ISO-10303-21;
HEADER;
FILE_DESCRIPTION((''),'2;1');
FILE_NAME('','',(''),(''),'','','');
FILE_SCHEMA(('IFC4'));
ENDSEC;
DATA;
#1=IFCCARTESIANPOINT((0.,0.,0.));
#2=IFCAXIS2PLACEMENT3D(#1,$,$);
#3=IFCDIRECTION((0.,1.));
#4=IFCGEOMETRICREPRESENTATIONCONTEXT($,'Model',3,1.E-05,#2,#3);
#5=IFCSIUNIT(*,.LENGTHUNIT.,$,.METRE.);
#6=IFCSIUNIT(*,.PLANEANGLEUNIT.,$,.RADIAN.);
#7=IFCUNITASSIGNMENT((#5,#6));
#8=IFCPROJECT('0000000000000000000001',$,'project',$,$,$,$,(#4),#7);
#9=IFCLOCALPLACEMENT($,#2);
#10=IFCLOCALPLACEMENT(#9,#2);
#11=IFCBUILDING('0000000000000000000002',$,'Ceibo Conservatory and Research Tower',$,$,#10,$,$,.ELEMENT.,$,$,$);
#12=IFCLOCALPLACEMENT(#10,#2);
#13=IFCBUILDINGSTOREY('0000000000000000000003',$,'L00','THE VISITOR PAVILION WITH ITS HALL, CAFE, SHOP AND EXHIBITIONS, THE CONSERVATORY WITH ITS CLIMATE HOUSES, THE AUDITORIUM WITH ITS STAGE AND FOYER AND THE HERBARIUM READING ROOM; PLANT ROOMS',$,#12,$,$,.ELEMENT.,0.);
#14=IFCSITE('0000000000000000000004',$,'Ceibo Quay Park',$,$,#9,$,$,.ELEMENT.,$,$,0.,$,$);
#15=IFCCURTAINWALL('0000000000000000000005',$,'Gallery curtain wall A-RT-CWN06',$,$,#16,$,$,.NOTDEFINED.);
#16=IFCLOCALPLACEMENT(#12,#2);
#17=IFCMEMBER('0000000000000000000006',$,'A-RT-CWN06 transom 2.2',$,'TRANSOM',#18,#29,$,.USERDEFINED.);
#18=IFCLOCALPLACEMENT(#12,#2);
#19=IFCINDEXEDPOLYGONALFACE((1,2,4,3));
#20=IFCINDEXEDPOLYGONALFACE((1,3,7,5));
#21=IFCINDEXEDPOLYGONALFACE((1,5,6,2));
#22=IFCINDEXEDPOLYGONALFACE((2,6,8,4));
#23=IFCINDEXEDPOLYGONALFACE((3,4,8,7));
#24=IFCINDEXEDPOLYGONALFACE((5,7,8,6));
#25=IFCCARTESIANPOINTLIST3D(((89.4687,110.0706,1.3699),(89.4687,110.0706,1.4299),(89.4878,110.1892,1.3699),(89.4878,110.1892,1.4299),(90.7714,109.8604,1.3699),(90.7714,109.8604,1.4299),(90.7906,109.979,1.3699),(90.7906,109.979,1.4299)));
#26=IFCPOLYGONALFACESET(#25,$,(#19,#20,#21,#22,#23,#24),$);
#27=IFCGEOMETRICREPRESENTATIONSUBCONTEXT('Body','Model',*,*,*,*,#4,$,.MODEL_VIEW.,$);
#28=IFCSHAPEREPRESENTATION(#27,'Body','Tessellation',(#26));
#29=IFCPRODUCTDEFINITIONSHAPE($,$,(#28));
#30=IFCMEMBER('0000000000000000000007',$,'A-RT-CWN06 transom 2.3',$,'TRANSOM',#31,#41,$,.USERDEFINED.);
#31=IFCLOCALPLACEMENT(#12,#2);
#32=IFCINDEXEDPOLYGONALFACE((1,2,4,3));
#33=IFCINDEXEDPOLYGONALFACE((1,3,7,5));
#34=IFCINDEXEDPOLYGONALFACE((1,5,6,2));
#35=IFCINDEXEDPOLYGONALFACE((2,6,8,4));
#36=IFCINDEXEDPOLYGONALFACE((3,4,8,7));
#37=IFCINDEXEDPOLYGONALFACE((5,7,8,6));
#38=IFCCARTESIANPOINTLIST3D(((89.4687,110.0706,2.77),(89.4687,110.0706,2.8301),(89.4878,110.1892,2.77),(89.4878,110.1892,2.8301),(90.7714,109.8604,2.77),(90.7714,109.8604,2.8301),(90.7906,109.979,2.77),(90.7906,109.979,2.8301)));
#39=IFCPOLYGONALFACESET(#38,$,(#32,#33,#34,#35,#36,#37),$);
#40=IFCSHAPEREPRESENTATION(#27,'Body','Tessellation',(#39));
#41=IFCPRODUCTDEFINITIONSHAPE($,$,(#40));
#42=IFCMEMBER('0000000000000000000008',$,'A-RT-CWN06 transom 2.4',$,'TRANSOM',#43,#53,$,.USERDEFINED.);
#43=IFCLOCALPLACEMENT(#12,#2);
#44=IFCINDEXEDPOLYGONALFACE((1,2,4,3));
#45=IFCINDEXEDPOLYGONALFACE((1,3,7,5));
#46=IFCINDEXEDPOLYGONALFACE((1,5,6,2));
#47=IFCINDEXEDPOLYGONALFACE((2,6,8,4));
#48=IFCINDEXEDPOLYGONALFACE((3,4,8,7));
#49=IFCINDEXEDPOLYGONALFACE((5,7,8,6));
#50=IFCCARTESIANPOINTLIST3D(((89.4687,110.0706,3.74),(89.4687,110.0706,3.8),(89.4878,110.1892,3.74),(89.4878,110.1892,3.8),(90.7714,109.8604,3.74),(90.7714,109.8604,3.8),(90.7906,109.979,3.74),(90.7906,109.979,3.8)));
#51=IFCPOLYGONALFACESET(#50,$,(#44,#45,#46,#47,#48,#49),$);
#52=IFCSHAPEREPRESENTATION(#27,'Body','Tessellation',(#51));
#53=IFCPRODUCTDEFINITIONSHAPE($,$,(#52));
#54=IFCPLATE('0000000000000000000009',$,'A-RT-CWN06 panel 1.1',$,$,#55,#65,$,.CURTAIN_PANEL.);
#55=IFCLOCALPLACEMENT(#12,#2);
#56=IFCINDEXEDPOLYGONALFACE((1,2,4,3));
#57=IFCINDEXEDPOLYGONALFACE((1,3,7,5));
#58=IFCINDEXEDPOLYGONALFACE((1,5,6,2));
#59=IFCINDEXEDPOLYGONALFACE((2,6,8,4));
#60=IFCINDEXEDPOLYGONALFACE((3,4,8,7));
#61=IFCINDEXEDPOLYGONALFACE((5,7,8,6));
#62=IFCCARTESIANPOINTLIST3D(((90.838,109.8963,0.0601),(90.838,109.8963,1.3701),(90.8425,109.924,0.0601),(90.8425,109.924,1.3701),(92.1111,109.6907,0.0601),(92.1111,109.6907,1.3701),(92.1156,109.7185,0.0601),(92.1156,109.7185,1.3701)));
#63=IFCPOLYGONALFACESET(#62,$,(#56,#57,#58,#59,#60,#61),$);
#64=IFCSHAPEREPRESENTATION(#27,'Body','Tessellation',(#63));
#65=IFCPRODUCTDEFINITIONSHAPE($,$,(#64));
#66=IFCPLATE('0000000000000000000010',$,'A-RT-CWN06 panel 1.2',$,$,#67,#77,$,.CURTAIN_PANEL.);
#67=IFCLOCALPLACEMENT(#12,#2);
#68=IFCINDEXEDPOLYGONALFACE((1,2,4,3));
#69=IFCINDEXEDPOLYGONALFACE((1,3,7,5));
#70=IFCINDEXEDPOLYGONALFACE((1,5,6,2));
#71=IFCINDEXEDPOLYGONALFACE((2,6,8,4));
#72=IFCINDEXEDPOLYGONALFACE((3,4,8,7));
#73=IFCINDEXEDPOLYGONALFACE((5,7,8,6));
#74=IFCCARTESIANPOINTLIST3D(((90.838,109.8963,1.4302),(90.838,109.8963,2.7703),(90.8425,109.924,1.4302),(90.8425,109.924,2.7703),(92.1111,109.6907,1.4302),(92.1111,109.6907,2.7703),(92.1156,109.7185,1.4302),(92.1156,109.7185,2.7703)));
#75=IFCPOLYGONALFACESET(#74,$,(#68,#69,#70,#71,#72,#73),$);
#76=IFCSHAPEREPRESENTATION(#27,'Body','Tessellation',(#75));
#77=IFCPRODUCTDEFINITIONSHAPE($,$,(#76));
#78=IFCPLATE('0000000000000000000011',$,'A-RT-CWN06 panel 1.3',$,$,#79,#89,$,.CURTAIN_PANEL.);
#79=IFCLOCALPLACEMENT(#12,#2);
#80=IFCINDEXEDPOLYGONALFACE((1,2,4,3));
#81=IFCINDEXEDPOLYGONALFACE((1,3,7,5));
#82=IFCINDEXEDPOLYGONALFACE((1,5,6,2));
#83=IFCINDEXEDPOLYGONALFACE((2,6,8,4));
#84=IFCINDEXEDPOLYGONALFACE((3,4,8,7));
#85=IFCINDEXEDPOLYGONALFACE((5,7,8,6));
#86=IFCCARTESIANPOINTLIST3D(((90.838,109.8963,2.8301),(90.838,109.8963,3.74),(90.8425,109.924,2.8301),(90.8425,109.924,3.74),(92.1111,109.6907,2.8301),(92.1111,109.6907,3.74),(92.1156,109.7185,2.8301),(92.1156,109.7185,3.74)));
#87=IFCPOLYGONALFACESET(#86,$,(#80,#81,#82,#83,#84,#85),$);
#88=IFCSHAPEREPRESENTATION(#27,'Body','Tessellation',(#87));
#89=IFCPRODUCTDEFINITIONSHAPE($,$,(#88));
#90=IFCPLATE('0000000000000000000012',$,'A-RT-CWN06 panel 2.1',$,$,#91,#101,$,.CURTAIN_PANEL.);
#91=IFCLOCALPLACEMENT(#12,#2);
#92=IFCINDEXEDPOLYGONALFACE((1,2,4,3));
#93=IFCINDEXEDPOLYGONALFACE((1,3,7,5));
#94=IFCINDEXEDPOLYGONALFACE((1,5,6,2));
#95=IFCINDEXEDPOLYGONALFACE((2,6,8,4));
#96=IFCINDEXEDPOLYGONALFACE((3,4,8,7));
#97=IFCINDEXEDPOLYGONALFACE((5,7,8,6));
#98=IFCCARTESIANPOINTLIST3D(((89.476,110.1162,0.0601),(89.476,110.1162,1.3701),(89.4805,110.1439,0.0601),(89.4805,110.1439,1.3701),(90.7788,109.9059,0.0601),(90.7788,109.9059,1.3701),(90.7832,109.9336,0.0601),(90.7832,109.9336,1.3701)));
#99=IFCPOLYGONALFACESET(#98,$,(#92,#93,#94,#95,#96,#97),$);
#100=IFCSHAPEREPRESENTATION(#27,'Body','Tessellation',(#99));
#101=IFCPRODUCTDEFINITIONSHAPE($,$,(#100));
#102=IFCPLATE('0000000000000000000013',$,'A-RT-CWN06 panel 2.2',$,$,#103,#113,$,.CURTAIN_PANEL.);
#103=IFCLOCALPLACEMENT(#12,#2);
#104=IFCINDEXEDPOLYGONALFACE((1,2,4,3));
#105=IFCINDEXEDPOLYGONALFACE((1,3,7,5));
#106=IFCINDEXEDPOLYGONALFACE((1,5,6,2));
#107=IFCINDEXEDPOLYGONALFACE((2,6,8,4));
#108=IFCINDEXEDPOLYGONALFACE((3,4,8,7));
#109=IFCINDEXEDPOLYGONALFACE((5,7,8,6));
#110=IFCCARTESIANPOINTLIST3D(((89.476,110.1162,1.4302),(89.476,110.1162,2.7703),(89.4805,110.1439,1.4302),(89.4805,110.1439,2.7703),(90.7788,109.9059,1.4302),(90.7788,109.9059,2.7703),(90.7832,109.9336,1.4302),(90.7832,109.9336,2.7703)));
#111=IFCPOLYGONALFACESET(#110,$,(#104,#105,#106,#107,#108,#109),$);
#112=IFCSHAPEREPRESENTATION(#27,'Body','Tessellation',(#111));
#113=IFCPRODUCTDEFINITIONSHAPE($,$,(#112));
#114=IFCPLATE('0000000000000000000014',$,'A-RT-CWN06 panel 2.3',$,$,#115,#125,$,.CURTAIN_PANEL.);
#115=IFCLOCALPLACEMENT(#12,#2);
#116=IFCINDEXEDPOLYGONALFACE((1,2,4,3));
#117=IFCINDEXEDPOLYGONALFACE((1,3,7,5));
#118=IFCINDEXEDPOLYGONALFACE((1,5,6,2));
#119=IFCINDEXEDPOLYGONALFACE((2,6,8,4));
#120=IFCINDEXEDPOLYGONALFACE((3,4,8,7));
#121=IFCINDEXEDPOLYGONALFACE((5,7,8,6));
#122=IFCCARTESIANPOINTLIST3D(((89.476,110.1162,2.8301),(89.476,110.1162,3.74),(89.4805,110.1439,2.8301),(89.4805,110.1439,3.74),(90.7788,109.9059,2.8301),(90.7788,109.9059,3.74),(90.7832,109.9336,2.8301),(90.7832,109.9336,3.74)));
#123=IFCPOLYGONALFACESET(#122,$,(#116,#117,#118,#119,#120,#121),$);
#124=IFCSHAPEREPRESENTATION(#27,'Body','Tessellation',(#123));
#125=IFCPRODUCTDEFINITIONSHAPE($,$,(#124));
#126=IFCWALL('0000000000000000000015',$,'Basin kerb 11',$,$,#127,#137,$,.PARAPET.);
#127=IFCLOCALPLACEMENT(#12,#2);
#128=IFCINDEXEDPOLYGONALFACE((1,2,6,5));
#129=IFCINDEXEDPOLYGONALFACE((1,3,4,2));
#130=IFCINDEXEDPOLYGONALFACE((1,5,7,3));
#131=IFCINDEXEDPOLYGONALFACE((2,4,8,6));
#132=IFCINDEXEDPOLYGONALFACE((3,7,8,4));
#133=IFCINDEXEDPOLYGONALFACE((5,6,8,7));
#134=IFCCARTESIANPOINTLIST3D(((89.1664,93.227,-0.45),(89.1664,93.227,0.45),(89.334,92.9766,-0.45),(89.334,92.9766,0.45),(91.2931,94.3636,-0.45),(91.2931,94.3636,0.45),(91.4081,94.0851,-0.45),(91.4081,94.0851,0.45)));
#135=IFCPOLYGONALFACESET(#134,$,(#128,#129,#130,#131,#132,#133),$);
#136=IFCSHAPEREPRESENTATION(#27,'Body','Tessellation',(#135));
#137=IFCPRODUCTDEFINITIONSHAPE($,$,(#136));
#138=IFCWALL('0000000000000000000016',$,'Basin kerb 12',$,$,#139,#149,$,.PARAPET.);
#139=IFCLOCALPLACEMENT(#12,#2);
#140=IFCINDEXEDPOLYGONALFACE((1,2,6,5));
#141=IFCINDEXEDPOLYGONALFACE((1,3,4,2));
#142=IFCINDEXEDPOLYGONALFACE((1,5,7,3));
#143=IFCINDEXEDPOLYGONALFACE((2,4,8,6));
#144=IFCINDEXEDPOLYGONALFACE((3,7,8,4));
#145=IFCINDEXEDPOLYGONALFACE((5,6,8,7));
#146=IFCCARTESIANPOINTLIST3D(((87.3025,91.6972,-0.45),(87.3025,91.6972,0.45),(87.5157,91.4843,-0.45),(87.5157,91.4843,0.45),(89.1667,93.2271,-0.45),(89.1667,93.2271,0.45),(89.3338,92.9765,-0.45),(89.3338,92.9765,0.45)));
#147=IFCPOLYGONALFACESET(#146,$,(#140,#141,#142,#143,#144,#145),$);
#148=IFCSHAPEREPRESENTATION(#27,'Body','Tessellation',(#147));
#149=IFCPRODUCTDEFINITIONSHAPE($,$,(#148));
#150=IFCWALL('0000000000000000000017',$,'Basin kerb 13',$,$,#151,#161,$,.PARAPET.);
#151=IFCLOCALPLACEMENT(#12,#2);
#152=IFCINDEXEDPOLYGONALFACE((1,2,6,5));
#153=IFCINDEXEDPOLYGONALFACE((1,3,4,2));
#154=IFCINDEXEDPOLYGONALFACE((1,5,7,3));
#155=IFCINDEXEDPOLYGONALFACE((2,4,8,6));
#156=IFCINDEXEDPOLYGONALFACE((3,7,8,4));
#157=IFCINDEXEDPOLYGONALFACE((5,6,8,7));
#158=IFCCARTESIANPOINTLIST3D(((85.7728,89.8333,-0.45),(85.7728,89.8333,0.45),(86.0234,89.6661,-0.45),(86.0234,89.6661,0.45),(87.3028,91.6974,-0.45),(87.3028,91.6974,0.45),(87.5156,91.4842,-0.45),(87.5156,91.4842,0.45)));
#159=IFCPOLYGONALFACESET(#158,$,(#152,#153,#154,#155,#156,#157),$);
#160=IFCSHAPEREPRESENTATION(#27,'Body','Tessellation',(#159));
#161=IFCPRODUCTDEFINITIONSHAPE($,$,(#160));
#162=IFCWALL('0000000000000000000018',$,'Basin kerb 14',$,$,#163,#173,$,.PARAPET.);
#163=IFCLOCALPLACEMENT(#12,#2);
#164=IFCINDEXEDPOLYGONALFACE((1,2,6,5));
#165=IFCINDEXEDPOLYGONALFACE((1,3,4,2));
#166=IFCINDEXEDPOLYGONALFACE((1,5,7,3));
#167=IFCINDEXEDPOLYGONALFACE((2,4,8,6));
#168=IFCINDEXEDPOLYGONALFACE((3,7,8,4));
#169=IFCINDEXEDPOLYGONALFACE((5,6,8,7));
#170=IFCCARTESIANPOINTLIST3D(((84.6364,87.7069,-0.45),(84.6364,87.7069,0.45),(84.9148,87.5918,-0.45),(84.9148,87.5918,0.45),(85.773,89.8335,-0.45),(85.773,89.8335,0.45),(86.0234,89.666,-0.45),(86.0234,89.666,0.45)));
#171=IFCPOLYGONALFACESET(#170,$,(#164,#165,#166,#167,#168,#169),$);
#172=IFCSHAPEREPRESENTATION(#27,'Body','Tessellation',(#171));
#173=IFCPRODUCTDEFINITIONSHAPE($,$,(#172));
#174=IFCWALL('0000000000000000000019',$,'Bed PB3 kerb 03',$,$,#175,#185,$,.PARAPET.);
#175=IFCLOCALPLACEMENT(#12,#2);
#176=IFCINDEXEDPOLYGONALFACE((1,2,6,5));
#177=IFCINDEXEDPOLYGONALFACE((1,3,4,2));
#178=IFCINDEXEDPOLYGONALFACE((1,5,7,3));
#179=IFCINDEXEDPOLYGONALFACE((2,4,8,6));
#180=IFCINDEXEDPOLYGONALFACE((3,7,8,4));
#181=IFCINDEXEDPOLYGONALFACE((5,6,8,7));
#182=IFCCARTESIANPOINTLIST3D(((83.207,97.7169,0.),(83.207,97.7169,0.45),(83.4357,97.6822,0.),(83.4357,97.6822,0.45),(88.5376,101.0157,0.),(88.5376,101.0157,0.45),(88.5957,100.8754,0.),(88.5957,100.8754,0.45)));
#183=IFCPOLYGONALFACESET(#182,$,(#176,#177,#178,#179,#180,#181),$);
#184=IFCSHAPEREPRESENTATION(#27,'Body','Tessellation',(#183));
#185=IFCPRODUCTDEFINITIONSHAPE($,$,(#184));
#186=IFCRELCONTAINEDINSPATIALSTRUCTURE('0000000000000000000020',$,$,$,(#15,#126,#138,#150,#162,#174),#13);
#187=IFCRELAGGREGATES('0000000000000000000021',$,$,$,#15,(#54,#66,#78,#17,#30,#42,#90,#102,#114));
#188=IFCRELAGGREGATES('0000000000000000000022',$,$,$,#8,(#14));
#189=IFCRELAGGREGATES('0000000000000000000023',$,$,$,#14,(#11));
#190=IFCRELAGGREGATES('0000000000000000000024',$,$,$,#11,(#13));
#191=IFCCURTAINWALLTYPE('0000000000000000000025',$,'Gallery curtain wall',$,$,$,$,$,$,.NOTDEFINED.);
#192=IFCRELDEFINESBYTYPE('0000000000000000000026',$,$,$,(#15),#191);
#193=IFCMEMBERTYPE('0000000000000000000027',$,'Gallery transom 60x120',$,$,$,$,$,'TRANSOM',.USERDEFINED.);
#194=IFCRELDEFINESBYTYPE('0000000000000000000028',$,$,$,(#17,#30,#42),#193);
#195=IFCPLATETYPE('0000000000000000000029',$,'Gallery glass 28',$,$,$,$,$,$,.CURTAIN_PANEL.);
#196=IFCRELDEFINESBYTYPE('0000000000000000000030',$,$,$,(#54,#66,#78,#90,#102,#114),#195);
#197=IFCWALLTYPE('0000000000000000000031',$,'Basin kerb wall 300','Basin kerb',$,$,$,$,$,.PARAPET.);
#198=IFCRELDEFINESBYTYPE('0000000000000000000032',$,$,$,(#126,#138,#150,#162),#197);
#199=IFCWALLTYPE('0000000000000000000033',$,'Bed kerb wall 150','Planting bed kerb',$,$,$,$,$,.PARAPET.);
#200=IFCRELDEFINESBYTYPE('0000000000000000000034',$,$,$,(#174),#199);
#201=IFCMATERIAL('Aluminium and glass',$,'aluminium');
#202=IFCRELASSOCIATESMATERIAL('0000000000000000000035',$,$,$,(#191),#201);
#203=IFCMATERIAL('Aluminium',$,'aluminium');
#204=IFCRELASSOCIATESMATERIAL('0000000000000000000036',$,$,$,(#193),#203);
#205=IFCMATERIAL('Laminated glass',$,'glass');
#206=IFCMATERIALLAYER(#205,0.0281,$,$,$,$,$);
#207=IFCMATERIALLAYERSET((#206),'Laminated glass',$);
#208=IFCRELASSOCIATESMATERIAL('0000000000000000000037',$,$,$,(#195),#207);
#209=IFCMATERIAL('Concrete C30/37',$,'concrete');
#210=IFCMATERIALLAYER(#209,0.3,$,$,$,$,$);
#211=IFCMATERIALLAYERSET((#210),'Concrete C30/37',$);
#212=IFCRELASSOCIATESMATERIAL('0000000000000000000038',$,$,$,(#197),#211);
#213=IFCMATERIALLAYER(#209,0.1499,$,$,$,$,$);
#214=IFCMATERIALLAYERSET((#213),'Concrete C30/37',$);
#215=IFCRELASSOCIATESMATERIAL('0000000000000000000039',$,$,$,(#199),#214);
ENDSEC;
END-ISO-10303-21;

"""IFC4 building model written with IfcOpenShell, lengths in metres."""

from ifc_helpers import new_model, si_unit, direction, frame, origin, origin_2d, place, context, subcontext, project, spatial, polyline, rectangle, outline, extrude, material, layer, layer_set, material_profile, profile_set, type_object, element, aggregate, save


model = new_model("IFC4")

# Units and contexts
model_context = context("Model", 3, precision=1e-05, world=origin(), true_north=direction((0.0, 1.0)))
body_context = subcontext(model_context, "Body", "Model", "MODEL_VIEW")
ifc_project = project(units=[si_unit("LENGTHUNIT", "METRE"), si_unit("PLANEANGLEUNIT", "RADIAN")], contexts=[model_context])

# Site, building, storey
site_placement = place(None, origin())
site = spatial("IfcSite", under=ifc_project, at=site_placement, Name="Ceibo Quay Park", CompositionType="ELEMENT", RefElevation=0.0)
building_placement = place(site_placement, origin())
building = spatial("IfcBuilding", under=site, at=building_placement, Name="Ceibo Conservatory and Research Tower", CompositionType="ELEMENT")
storey_placement = place(building_placement, origin())
storey = spatial("IfcBuildingStorey", under=building, at=storey_placement, Name="L00", Description="THE VISITOR PAVILION WITH ITS HALL, CAFE, SHOP AND EXHIBITIONS, THE CONSERVATORY WITH ITS CLIMATE HOUSES, THE AUDITORIUM WITH ITS STAGE AND FOYER AND THE HERBARIUM READING ROOM; PLANT ROOMS", CompositionType="ELEMENT", Elevation=0.0)

# Curtain wall, members, plates
ifc_material_1 = material(Name="Aluminium and glass", Category="aluminium")
curtain_wall_type = type_object("IfcCurtainWallType", Name="Gallery curtain wall", PredefinedType="NOTDEFINED", material=ifc_material_1)
curtain_wall_placement = place(storey_placement, origin())
curtain_wall = element("IfcCurtainWall", 1, at=curtain_wall_placement, inside=storey, type_object=curtain_wall_type, Name="Gallery curtain wall A-RT-CWN06", PredefinedType="NOTDEFINED")
ifc_material_2 = material(Name="Aluminium", Category="aluminium")
ifc_material_profile_1 = material_profile(ifc_material_2, rectangle(XDim=0.1201, YDim=0.0601, at=origin_2d()), Name="AL 60x120")
ifc_profile_set_1 = profile_set([ifc_material_profile_1], Name="Aluminium")
member_type_1 = type_object("IfcMemberType", Name="Gallery transom 60x120", ElementType="TRANSOM", PredefinedType="USERDEFINED", material=ifc_profile_set_1)
member_1_placement = place(storey_placement, frame((90.781, 109.9197, 1.3999), z_axis=(-0.987231, 0.159296, 0.0), x_axis=(-0.159296, -0.987231, 0.0)))
member_1 = element("IfcMember", 2, at=member_1_placement, type_object=member_type_1, Name="A-RT-CWN06 transom 2.2", ObjectType="TRANSOM", PredefinedType="USERDEFINED", context=body_context, shape_type="SweptSolid", body=[
    extrude(rectangle(XDim=0.1201, YDim=0.0601, at=origin_2d()), origin(), (0.0, 0.0, 1.0), 1.3196),
])
member_2_placement = place(storey_placement, frame((90.781, 109.9197, 2.8), z_axis=(-0.987231, 0.159296, 0.0), x_axis=(-0.159296, -0.987231, 0.0)))
member_2 = element("IfcMember", 3, at=member_2_placement, type_object=member_type_1, Name="A-RT-CWN06 transom 2.3", ObjectType="TRANSOM", PredefinedType="USERDEFINED", context=body_context, shape_type="SweptSolid", body=[
    extrude(rectangle(XDim=0.1201, YDim=0.0601, at=origin_2d()), origin(), (0.0, 0.0, 1.0), 1.3196),
])
member_3_placement = place(storey_placement, frame((90.781, 109.9197, 3.77), z_axis=(-0.987231, 0.159296, 0.0), x_axis=(-0.159296, -0.987231, 0.0)))
member_3 = element("IfcMember", 4, at=member_3_placement, type_object=member_type_1, Name="A-RT-CWN06 transom 2.4", ObjectType="TRANSOM", PredefinedType="USERDEFINED", context=body_context, shape_type="SweptSolid", body=[
    extrude(rectangle(XDim=0.1201, YDim=0.0601, at=origin_2d()), origin(), (0.0, 0.0, 1.0), 1.3196),
])
ifc_material_3 = material(Name="Laminated glass", Category="glass")
ifc_layer_1 = layer(ifc_material_3, 0.0281)
ifc_layer_set_1 = layer_set([ifc_layer_1], Name="Laminated glass")
plate_type = type_object("IfcPlateType", Name="Gallery glass 28", PredefinedType="CURTAIN_PANEL", material=ifc_layer_set_1)
plate_1_placement = place(storey_placement, frame((91.4768, 109.8074, 0.0601), z_axis=(0.0, 0.0, 1.0), x_axis=(-0.987216, 0.159391, 0.0)))
plate_1 = element("IfcPlate", 5, at=plate_1_placement, type_object=plate_type, Name="A-RT-CWN06 panel 1.1", PredefinedType="CURTAIN_PANEL", context=body_context, shape_type="SweptSolid", body=[
    extrude(rectangle(XDim=1.2896, YDim=0.0281, at=origin_2d()), origin(), (0.0, 0.0, 1.0), 1.3101),
])
plate_2_placement = place(storey_placement, frame((91.4768, 109.8074, 1.4302), z_axis=(0.0, 0.0, 1.0), x_axis=(-0.987216, 0.159391, 0.0)))
plate_2 = element("IfcPlate", 6, at=plate_2_placement, type_object=plate_type, Name="A-RT-CWN06 panel 1.2", PredefinedType="CURTAIN_PANEL", context=body_context, shape_type="SweptSolid", body=[
    extrude(rectangle(XDim=1.2896, YDim=0.0281, at=origin_2d()), origin(), (0.0, 0.0, 1.0), 1.3401),
])
plate_3_placement = place(storey_placement, frame((91.4768, 109.8074, 2.8301), z_axis=(0.0, 0.0, 1.0), x_axis=(-0.987216, 0.159391, 0.0)))
plate_3 = element("IfcPlate", 7, at=plate_3_placement, type_object=plate_type, Name="A-RT-CWN06 panel 1.3", PredefinedType="CURTAIN_PANEL", context=body_context, shape_type="SweptSolid", body=[
    extrude(rectangle(XDim=1.2896, YDim=0.0281, at=origin_2d()), origin(), (0.0, 0.0, 1.0), 0.9099),
])
plate_4_placement = place(storey_placement, frame((90.1296, 110.0249, 0.0601), z_axis=(0.0, 0.0, 1.0), x_axis=(-0.987216, 0.159391, 0.0)))
plate_4 = element("IfcPlate", 8, at=plate_4_placement, type_object=plate_type, Name="A-RT-CWN06 panel 2.1", PredefinedType="CURTAIN_PANEL", context=body_context, shape_type="SweptSolid", body=[
    extrude(rectangle(XDim=1.3196, YDim=0.0281, at=origin_2d()), origin(), (0.0, 0.0, 1.0), 1.3101),
])
plate_5_placement = place(storey_placement, frame((90.1296, 110.0249, 1.4302), z_axis=(0.0, 0.0, 1.0), x_axis=(-0.987216, 0.159391, 0.0)))
plate_5 = element("IfcPlate", 9, at=plate_5_placement, type_object=plate_type, Name="A-RT-CWN06 panel 2.2", PredefinedType="CURTAIN_PANEL", context=body_context, shape_type="SweptSolid", body=[
    extrude(rectangle(XDim=1.3196, YDim=0.0281, at=origin_2d()), origin(), (0.0, 0.0, 1.0), 1.3401),
])
plate_6_placement = place(storey_placement, frame((90.1296, 110.0249, 2.8301), z_axis=(0.0, 0.0, 1.0), x_axis=(-0.987216, 0.159391, 0.0)))
plate_6 = element("IfcPlate", 10, at=plate_6_placement, type_object=plate_type, Name="A-RT-CWN06 panel 2.3", PredefinedType="CURTAIN_PANEL", context=body_context, shape_type="SweptSolid", body=[
    extrude(rectangle(XDim=1.3196, YDim=0.0281, at=origin_2d()), origin(), (0.0, 0.0, 1.0), 0.9099),
])
aggregate(curtain_wall, [plate_1, plate_2, plate_3, member_1, member_2, member_3, plate_4, plate_5, plate_6])

# Walls
ifc_material_4 = material(Name="Concrete C30/37", Category="concrete")
ifc_layer_2 = layer(ifc_material_4, 0.3)
ifc_layer_set_2 = layer_set([ifc_layer_2], Name="Concrete C30/37")
wall_type_1 = type_object("IfcWallType", Name="Basin kerb wall 300", Description="Basin kerb", PredefinedType="PARAPET", material=ifc_layer_set_2)
wall_1_placement = place(storey_placement, frame((91.3506, 94.2244, -0.45), z_axis=(0.0, 0.0, 1.0), x_axis=(-0.881938, -0.471365, 0.0)))
element("IfcWall", 11, at=wall_1_placement, inside=storey, type_object=wall_type_1, Name="Basin kerb 11", PredefinedType="PARAPET", context=body_context, shape_type="SweptSolid", body=[
    extrude(outline(polyline([(-0.0149, -0.1499), (2.3965, -0.1499), (2.3667, 0.1499), (0.0149, 0.1499), (-0.0149, -0.1499)])), origin(), (0.0, 0.0, 1.0), 0.8999),
])
for number, where, z_axis, x_axis, name in (
    (12, (89.2502, 93.1018, -0.45), (0.0, 0.0, 1.0), (-0.772997, -0.634409, 0.0), "Basin kerb 12"),
    (13, (87.4092, 91.5908, -0.45), (0.0, 0.0, 1.0), (-0.634409, -0.772997, 0.0), "Basin kerb 13"),
):
    element("IfcWall", number, at=place(storey_placement, frame(where, z_axis=z_axis, x_axis=x_axis)), inside=storey, type_object=wall_type_1, Name=name, PredefinedType="PARAPET", context=body_context, shape_type="SweptSolid", body=[
        extrude(outline(polyline([(-0.0149, -0.1499), (2.3967, -0.1499), (2.3669, 0.1499), (0.0149, 0.1499), (-0.0149, -0.1499)])), origin(), (0.0, 0.0, 1.0), 0.8999),
    ])
wall_2_placement = place(storey_placement, frame((85.8982, 89.7498, -0.45), z_axis=(0.0, 0.0, 1.0), x_axis=(-0.471365, -0.881938, 0.0)))
element("IfcWall", 14, at=wall_2_placement, inside=storey, type_object=wall_type_1, Name="Basin kerb 14", PredefinedType="PARAPET", context=body_context, shape_type="SweptSolid", body=[
    extrude(outline(polyline([(-0.0149, -0.1499), (2.3965, -0.1499), (2.3667, 0.1499), (0.0149, 0.1499), (-0.0149, -0.1499)])), origin(), (0.0, 0.0, 1.0), 0.8999),
])
ifc_layer_3 = layer(ifc_material_4, 0.1499)
ifc_layer_set_3 = layer_set([ifc_layer_3], Name="Concrete C30/37")
wall_type_2 = type_object("IfcWallType", Name="Bed kerb wall 150", Description="Planting bed kerb", PredefinedType="PARAPET", material=ifc_layer_set_3)
wall_3_placement = place(storey_placement, frame((88.5667, 100.9456, 0.0), z_axis=(0.0, 0.0, 1.0), x_axis=(-0.85034, -0.526233, 0.0)))
element("IfcWall", 15, at=wall_3_placement, inside=storey, type_object=wall_type_2, Name="Bed PB3 kerb 03", PredefinedType="PARAPET", context=body_context, shape_type="SweptSolid", body=[
    extrude(outline(polyline([(-0.0122, -0.075), (6.2566, -0.075), (6.0803, 0.075), (0.0122, 0.075), (-0.0122, -0.075)])), origin(), (0.0, 0.0, 1.0), 0.45),
])

save(model, "model.ifc")
